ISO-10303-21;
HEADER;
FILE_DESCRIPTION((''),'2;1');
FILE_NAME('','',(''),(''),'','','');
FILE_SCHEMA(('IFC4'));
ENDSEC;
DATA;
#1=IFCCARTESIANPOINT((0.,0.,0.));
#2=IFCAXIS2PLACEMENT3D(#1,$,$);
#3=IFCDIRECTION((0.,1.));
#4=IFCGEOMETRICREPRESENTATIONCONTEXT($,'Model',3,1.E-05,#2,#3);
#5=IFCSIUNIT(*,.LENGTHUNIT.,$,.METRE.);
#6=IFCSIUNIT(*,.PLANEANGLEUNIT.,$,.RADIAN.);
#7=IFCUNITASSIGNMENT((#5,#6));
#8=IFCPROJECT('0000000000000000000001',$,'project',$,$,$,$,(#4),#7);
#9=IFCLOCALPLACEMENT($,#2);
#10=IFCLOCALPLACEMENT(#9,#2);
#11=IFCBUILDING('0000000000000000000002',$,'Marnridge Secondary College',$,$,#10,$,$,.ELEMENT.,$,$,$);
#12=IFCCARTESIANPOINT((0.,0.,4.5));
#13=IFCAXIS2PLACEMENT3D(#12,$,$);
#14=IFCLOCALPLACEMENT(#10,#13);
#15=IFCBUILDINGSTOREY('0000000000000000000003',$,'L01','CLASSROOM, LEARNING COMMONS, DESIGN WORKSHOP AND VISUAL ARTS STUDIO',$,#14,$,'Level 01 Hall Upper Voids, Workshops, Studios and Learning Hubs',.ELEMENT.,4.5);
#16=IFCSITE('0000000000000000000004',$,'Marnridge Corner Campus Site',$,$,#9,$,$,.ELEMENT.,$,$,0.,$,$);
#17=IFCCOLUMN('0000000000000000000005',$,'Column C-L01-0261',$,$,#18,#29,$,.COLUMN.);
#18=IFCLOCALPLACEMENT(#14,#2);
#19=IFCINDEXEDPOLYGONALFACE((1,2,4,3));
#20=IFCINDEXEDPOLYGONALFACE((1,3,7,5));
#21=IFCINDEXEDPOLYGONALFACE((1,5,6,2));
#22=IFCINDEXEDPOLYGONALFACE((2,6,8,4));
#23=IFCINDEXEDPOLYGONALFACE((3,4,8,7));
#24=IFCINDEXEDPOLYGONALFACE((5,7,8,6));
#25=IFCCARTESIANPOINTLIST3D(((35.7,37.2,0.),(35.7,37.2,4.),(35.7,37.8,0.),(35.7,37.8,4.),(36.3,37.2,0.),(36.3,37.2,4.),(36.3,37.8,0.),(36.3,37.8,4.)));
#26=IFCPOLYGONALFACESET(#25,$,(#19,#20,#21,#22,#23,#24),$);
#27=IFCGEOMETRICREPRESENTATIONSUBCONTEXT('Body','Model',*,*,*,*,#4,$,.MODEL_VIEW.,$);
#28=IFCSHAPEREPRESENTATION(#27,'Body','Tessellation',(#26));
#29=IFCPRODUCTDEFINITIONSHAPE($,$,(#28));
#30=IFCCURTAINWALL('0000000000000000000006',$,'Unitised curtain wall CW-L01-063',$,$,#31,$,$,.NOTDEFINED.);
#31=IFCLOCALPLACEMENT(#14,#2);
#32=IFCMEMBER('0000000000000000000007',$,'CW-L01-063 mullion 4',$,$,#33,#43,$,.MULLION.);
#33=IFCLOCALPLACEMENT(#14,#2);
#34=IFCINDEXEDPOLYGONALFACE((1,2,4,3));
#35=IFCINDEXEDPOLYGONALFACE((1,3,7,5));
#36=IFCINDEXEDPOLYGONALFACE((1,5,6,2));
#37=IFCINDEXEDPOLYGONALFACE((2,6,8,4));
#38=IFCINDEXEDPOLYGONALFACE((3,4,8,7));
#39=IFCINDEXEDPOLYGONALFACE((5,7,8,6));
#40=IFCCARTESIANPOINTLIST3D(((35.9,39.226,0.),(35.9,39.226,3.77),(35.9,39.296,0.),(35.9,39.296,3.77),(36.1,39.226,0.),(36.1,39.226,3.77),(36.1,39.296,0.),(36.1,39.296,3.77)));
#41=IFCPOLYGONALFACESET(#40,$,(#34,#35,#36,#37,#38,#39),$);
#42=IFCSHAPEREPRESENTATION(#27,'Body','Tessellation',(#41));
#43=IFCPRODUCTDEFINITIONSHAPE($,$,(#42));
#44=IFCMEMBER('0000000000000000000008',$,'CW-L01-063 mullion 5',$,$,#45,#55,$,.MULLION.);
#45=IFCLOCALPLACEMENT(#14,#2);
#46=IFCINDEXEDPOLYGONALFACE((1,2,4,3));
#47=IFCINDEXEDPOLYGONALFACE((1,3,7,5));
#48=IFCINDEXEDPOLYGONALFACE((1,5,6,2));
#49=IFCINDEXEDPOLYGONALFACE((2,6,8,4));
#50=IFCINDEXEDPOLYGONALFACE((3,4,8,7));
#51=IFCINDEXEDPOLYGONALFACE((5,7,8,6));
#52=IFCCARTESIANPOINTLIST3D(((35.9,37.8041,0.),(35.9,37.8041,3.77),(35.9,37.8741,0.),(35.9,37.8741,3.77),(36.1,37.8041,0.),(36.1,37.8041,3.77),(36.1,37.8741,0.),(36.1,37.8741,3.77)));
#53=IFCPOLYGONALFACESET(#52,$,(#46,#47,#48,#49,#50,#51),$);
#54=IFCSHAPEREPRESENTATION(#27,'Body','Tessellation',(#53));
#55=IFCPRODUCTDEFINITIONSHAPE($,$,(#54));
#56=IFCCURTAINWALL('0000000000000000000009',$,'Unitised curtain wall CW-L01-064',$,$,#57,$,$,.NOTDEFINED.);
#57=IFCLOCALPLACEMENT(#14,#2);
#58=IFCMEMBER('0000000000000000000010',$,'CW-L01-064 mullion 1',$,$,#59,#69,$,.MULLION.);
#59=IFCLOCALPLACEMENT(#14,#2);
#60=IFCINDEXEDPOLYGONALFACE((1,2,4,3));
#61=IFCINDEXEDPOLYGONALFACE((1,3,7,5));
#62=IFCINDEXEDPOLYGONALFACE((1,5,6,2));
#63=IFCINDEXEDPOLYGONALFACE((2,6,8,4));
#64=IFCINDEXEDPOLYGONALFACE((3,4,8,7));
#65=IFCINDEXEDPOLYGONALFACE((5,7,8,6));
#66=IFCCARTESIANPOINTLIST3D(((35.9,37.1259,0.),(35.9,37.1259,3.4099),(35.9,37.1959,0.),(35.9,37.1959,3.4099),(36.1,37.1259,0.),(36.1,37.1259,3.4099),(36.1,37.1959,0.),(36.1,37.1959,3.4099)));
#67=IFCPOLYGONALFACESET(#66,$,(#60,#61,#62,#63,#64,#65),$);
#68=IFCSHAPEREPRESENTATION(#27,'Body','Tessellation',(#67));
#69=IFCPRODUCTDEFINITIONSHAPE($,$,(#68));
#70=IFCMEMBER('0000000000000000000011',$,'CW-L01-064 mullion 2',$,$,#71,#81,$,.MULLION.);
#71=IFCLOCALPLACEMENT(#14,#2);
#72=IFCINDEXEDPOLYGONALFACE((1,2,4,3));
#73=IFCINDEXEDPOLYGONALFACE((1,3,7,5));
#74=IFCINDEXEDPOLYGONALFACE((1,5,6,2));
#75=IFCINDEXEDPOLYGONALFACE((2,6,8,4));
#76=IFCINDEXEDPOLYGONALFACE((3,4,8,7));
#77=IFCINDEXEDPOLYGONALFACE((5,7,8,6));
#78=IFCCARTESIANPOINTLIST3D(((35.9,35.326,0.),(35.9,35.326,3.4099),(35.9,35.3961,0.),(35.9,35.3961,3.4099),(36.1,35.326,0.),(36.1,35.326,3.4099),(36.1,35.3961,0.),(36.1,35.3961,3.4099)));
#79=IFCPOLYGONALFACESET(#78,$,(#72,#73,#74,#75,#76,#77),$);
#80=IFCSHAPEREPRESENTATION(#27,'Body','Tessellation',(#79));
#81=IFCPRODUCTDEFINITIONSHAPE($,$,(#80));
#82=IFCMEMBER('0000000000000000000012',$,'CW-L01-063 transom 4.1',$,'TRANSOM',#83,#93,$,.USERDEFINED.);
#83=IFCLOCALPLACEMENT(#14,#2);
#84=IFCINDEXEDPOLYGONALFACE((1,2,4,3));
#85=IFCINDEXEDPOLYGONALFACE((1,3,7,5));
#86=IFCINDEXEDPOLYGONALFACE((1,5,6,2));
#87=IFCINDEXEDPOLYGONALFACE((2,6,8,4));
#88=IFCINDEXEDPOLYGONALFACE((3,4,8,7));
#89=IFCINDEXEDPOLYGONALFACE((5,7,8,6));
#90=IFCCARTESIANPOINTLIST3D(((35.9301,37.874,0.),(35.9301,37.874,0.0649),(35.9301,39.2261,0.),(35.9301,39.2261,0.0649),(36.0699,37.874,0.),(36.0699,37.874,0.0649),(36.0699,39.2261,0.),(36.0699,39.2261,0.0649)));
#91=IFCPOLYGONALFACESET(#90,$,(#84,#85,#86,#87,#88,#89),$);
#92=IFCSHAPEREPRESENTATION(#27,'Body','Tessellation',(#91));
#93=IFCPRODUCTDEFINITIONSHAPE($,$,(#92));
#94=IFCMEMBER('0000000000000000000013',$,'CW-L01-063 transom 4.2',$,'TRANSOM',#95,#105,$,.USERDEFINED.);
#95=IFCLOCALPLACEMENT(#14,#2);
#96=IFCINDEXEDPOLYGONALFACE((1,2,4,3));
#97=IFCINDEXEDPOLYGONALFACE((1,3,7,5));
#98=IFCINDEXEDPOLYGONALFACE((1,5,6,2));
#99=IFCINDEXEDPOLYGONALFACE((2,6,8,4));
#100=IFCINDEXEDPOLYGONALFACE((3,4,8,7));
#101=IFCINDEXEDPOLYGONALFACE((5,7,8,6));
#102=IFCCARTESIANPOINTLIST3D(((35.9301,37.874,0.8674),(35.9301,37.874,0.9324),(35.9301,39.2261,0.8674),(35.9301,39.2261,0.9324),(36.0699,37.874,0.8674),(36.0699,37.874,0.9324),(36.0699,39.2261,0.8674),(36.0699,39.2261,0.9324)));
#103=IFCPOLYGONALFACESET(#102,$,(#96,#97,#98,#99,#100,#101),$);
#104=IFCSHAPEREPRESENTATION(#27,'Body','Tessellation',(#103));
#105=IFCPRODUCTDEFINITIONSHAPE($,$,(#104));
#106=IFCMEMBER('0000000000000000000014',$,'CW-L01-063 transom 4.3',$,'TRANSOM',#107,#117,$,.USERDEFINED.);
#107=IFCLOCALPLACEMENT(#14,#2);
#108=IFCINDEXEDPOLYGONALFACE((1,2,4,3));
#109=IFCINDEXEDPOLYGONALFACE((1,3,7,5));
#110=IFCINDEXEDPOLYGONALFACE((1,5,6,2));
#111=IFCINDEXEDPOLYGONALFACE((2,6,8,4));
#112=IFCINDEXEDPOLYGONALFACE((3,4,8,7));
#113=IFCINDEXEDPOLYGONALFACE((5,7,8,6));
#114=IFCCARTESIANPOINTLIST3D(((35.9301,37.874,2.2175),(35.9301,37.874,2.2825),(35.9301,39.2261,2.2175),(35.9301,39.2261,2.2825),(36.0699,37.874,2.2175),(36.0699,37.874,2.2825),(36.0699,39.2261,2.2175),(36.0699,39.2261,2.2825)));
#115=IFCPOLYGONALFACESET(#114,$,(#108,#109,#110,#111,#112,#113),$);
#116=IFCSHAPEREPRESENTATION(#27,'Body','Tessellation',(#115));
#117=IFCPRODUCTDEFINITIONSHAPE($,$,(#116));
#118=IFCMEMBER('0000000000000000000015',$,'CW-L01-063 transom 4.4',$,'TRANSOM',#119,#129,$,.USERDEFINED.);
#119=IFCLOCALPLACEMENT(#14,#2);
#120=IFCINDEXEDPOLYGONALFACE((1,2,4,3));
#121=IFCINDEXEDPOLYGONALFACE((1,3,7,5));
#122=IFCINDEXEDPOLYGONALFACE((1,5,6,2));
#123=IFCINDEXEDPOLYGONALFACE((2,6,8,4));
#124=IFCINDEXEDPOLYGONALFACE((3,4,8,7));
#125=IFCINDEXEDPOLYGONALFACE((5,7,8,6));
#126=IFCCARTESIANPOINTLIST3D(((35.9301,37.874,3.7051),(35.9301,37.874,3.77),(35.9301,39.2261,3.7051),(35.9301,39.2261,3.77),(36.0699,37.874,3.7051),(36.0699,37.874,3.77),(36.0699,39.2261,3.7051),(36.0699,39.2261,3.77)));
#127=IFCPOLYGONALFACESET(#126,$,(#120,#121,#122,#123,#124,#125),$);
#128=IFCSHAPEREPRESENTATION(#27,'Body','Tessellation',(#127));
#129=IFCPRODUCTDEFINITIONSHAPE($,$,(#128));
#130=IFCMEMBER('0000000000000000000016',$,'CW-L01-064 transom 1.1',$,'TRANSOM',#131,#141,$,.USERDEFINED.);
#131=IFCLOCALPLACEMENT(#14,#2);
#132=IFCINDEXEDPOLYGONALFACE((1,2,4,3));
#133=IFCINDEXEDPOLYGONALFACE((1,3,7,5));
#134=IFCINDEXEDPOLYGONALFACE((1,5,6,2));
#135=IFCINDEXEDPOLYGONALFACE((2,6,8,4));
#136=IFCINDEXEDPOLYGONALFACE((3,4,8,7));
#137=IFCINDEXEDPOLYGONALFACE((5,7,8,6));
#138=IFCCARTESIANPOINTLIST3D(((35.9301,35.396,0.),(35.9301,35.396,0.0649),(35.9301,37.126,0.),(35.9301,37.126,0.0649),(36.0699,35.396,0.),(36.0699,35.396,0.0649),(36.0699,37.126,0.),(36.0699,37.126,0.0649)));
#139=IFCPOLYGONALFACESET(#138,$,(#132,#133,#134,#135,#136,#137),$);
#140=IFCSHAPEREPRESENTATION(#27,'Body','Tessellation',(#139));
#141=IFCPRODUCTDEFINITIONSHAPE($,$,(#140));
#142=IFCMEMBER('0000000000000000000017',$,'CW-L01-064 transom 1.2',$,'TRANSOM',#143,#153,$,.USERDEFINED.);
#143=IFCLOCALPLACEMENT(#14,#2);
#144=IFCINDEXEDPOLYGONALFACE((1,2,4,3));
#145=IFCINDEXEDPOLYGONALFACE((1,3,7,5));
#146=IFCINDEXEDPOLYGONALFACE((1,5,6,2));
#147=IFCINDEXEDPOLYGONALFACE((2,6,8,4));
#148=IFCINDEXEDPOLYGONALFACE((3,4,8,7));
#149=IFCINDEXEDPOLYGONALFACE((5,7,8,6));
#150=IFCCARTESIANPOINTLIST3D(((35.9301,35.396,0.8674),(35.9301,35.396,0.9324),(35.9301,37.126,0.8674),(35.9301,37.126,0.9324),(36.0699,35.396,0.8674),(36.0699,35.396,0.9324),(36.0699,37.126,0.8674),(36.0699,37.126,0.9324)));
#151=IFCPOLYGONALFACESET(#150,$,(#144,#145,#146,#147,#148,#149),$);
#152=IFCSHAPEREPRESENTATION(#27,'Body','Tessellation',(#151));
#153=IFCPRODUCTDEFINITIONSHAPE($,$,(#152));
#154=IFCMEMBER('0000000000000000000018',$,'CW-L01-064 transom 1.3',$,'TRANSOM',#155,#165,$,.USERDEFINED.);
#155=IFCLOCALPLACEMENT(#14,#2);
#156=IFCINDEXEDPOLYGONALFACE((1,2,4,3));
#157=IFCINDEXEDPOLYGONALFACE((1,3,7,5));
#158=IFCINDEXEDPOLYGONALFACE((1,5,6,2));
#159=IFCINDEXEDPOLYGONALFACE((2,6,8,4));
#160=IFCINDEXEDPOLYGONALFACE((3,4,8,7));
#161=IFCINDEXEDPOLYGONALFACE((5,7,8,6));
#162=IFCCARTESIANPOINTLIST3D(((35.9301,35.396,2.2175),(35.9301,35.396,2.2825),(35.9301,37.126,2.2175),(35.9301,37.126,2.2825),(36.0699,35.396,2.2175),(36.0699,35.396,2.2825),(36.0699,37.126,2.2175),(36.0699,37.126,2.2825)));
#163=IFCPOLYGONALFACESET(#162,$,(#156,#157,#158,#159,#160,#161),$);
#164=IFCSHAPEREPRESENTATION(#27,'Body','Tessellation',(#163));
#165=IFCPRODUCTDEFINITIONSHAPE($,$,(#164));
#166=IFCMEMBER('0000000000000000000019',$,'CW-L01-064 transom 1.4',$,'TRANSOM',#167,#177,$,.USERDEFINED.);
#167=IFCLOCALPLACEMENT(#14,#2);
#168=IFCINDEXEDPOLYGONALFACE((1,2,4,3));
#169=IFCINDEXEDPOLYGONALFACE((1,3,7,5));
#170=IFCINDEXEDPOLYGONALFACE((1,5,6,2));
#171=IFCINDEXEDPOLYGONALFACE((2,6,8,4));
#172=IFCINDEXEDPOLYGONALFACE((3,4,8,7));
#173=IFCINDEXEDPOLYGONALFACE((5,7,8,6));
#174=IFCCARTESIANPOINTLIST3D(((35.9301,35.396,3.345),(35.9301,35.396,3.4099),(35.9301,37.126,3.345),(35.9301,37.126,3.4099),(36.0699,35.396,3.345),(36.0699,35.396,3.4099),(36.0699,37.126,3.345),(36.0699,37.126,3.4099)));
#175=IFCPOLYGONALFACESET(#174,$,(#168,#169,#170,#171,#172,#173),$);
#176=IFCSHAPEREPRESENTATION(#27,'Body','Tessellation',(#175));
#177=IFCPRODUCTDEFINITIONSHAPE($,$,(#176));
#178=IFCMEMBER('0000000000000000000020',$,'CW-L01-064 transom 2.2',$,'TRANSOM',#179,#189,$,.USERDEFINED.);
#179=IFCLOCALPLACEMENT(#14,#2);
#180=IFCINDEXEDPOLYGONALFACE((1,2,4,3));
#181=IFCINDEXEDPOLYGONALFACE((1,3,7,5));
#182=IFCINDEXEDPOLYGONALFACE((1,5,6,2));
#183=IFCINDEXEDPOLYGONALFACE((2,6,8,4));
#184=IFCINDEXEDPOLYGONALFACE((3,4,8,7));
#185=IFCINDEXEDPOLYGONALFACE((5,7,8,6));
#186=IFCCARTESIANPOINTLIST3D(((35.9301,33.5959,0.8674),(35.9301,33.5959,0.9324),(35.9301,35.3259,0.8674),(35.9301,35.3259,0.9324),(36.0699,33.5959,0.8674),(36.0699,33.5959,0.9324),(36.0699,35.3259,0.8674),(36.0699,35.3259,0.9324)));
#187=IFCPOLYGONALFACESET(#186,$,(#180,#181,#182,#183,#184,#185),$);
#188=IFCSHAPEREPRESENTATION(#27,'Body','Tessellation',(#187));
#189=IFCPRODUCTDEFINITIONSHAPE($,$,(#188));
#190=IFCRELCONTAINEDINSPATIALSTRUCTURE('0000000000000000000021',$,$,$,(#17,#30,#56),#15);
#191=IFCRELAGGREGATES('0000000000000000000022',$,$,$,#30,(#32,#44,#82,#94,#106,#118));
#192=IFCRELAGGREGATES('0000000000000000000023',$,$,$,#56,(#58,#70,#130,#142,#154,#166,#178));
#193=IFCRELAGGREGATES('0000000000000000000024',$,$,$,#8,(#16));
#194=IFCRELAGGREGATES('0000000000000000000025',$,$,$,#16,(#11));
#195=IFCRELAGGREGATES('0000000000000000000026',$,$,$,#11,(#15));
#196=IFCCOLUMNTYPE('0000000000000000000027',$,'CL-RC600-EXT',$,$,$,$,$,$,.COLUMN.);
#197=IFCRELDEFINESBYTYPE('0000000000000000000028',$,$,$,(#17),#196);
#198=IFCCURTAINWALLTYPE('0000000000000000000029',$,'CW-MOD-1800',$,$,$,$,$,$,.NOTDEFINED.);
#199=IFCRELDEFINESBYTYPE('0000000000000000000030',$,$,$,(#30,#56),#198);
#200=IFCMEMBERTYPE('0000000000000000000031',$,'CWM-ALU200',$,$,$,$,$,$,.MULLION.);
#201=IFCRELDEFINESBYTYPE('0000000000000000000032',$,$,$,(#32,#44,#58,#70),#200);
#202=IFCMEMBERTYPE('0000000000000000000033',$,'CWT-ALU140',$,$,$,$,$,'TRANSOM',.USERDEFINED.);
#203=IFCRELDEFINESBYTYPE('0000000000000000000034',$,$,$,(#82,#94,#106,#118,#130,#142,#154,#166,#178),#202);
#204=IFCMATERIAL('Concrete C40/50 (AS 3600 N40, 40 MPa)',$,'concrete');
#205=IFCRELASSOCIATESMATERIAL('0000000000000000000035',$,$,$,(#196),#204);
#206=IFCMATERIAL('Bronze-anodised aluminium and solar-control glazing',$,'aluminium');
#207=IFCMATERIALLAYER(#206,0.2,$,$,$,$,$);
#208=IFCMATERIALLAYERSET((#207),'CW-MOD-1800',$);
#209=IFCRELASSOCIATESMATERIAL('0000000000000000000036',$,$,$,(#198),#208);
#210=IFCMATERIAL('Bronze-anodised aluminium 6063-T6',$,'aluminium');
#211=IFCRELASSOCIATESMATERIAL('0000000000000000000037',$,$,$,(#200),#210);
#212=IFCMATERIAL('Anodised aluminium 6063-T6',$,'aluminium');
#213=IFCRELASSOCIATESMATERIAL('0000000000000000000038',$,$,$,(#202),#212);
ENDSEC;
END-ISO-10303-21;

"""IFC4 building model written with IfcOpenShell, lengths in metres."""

from ifc_helpers import new_model, si_unit, direction, frame, origin, origin_2d, place, context, subcontext, project, spatial, rectangle, extrude, material, layer, layer_set, material_profile, profile_set, type_object, element, aggregate, save


model = new_model("IFC4")

# Units and contexts
model_context = context("Model", 3, precision=1e-05, world=origin(), true_north=direction((0.0, 1.0)))
body_context = subcontext(model_context, "Body", "Model", "MODEL_VIEW")
ifc_project = project(units=[si_unit("LENGTHUNIT", "METRE"), si_unit("PLANEANGLEUNIT", "RADIAN")], contexts=[model_context])

# Site, building, storey
site_placement = place(None, origin())
site = spatial("IfcSite", under=ifc_project, at=site_placement, Name="Marnridge Corner Campus Site", CompositionType="ELEMENT", RefElevation=0.0)
building_placement = place(site_placement, origin())
building = spatial("IfcBuilding", under=site, at=building_placement, Name="Marnridge Secondary College", CompositionType="ELEMENT")
storey_placement = place(building_placement, frame((0.0, 0.0, 4.5)))
storey = spatial("IfcBuildingStorey", under=building, at=storey_placement, Name="L01", Description="CLASSROOM, LEARNING COMMONS, DESIGN WORKSHOP AND VISUAL ARTS STUDIO", LongName="Level 01 Hall Upper Voids, Workshops, Studios and Learning Hubs", CompositionType="ELEMENT", Elevation=4.5)

# Column
ifc_material_1 = material(Name="Concrete C40/50 (AS 3600 N40, 40 MPa)", Category="concrete")
ifc_material_profile_1 = material_profile(ifc_material_1, rectangle(XDim=0.6001, YDim=0.6001, at=origin_2d()), Name="RC 600x600")
ifc_profile_set_1 = profile_set([ifc_material_profile_1], Name="Concrete C40/50 (AS 3600 N40, 40 MPa)")
column_type = type_object("IfcColumnType", Name="CL-RC600-EXT", PredefinedType="COLUMN", material=ifc_profile_set_1)
column_placement = place(storey_placement, frame((36.0, 37.5, 0.0), z_axis=(0.0, 0.0, 1.0), x_axis=(1.0, 0.0, 0.0)))
element("IfcColumn", 1, at=column_placement, inside=storey, type_object=column_type, Name="Column C-L01-0261", PredefinedType="COLUMN", context=body_context, shape_type="SweptSolid", body=[
    extrude(rectangle(XDim=0.6001, YDim=0.6001, at=origin_2d()), origin(), (0.0, 0.0, 1.0), 4.0),
])

# Curtain walls, members
ifc_material_2 = material(Name="Bronze-anodised aluminium and solar-control glazing", Category="aluminium")
ifc_layer_1 = layer(ifc_material_2, 0.2)
ifc_layer_set_1 = layer_set([ifc_layer_1], Name="CW-MOD-1800")
curtain_wall_type = type_object("IfcCurtainWallType", Name="CW-MOD-1800", PredefinedType="NOTDEFINED", material=ifc_layer_set_1)
curtain_wall_1_placement = place(storey_placement, origin())
curtain_wall_1 = element("IfcCurtainWall", 2, at=curtain_wall_1_placement, inside=storey, type_object=curtain_wall_type, Name="Unitised curtain wall CW-L01-063", PredefinedType="NOTDEFINED")
ifc_material_3 = material(Name="Bronze-anodised aluminium 6063-T6", Category="aluminium")
ifc_material_profile_2 = material_profile(ifc_material_3, rectangle(XDim=0.0701, YDim=0.2, at=origin_2d()), Name="ALU 70x200")
ifc_profile_set_2 = profile_set([ifc_material_profile_2], Name="Bronze-anodised aluminium 6063-T6")
member_type_1 = type_object("IfcMemberType", Name="CWM-ALU200", PredefinedType="MULLION", material=ifc_profile_set_2)
member_1_placement = place(storey_placement, frame((36.0, 39.261, 0.0), z_axis=(0.0, 0.0, 1.0), x_axis=(0.0, -1.0, 0.0)))
member_1 = element("IfcMember", 3, at=member_1_placement, type_object=member_type_1, Name="CW-L01-063 mullion 4", PredefinedType="MULLION", context=body_context, shape_type="SweptSolid", body=[
    extrude(rectangle(XDim=0.0701, YDim=0.2, at=origin_2d()), origin(), (0.0, 0.0, 1.0), 3.77),
])
member_2_placement = place(storey_placement, frame((36.0, 37.8391, 0.0), z_axis=(0.0, 0.0, 1.0), x_axis=(0.0, -1.0, 0.0)))
member_2 = element("IfcMember", 4, at=member_2_placement, type_object=member_type_1, Name="CW-L01-063 mullion 5", PredefinedType="MULLION", context=body_context, shape_type="SweptSolid", body=[
    extrude(rectangle(XDim=0.0701, YDim=0.2, at=origin_2d()), origin(), (0.0, 0.0, 1.0), 3.77),
])
curtain_wall_2_placement = place(storey_placement, origin())
curtain_wall_2 = element("IfcCurtainWall", 5, at=curtain_wall_2_placement, inside=storey, type_object=curtain_wall_type, Name="Unitised curtain wall CW-L01-064", PredefinedType="NOTDEFINED")
member_3_placement = place(storey_placement, frame((36.0, 37.1609, 0.0), z_axis=(0.0, 0.0, 1.0), x_axis=(0.0, -1.0, 0.0)))
member_3 = element("IfcMember", 6, at=member_3_placement, type_object=member_type_1, Name="CW-L01-064 mullion 1", PredefinedType="MULLION", context=body_context, shape_type="SweptSolid", body=[
    extrude(rectangle(XDim=0.0701, YDim=0.2, at=origin_2d()), origin(), (0.0, 0.0, 1.0), 3.4099),
])
member_4_placement = place(storey_placement, frame((36.0, 35.3611, 0.0), z_axis=(0.0, 0.0, 1.0), x_axis=(0.0, -1.0, 0.0)))
member_4 = element("IfcMember", 7, at=member_4_placement, type_object=member_type_1, Name="CW-L01-064 mullion 2", PredefinedType="MULLION", context=body_context, shape_type="SweptSolid", body=[
    extrude(rectangle(XDim=0.0701, YDim=0.2, at=origin_2d()), origin(), (0.0, 0.0, 1.0), 3.4099),
])

# Members
ifc_material_4 = material(Name="Anodised aluminium 6063-T6", Category="aluminium")
ifc_material_profile_3 = material_profile(ifc_material_4, rectangle(XDim=0.0649, YDim=0.1399, at=origin_2d()), Name="ALU 65x140")
ifc_profile_set_3 = profile_set([ifc_material_profile_3], Name="Anodised aluminium 6063-T6")
member_type_2 = type_object("IfcMemberType", Name="CWT-ALU140", ElementType="TRANSOM", PredefinedType="USERDEFINED", material=ifc_profile_set_3)
member_5_placement = place(storey_placement, frame((36.0, 39.2261, 0.0325), z_axis=(0.0, -1.0, 0.0), x_axis=(0.0, 0.0, 1.0)))
member_5 = element("IfcMember", 8, at=member_5_placement, type_object=member_type_2, Name="CW-L01-063 transom 4.1", ObjectType="TRANSOM", PredefinedType="USERDEFINED", context=body_context, shape_type="SweptSolid", body=[
    extrude(rectangle(XDim=0.0649, YDim=0.1399, at=origin_2d()), origin(), (0.0, 0.0, 1.0), 1.3521),
])
member_6_placement = place(storey_placement, frame((36.0, 39.2261, 0.8999), z_axis=(0.0, -1.0, 0.0), x_axis=(0.0, 0.0, 1.0)))
member_6 = element("IfcMember", 9, at=member_6_placement, type_object=member_type_2, Name="CW-L01-063 transom 4.2", ObjectType="TRANSOM", PredefinedType="USERDEFINED", context=body_context, shape_type="SweptSolid", body=[
    extrude(rectangle(XDim=0.0649, YDim=0.1399, at=origin_2d()), origin(), (0.0, 0.0, 1.0), 1.3521),
])
member_7_placement = place(storey_placement, frame((36.0, 39.2261, 2.25), z_axis=(0.0, -1.0, 0.0), x_axis=(0.0, 0.0, 1.0)))
member_7 = element("IfcMember", 10, at=member_7_placement, type_object=member_type_2, Name="CW-L01-063 transom 4.3", ObjectType="TRANSOM", PredefinedType="USERDEFINED", context=body_context, shape_type="SweptSolid", body=[
    extrude(rectangle(XDim=0.0649, YDim=0.1399, at=origin_2d()), origin(), (0.0, 0.0, 1.0), 1.3521),
])
member_8_placement = place(storey_placement, frame((36.0, 39.2261, 3.7375), z_axis=(0.0, -1.0, 0.0), x_axis=(0.0, 0.0, 1.0)))
member_8 = element("IfcMember", 11, at=member_8_placement, type_object=member_type_2, Name="CW-L01-063 transom 4.4", ObjectType="TRANSOM", PredefinedType="USERDEFINED", context=body_context, shape_type="SweptSolid", body=[
    extrude(rectangle(XDim=0.0649, YDim=0.1399, at=origin_2d()), origin(), (0.0, 0.0, 1.0), 1.3521),
])
member_9_placement = place(storey_placement, frame((36.0, 37.126, 0.0325), z_axis=(0.0, -1.0, 0.0), x_axis=(0.0, 0.0, 1.0)))
member_9 = element("IfcMember", 12, at=member_9_placement, type_object=member_type_2, Name="CW-L01-064 transom 1.1", ObjectType="TRANSOM", PredefinedType="USERDEFINED", context=body_context, shape_type="SweptSolid", body=[
    extrude(rectangle(XDim=0.0649, YDim=0.1399, at=origin_2d()), origin(), (0.0, 0.0, 1.0), 1.73),
])
member_10_placement = place(storey_placement, frame((36.0, 37.126, 0.8999), z_axis=(0.0, -1.0, 0.0), x_axis=(0.0, 0.0, 1.0)))
member_10 = element("IfcMember", 13, at=member_10_placement, type_object=member_type_2, Name="CW-L01-064 transom 1.2", ObjectType="TRANSOM", PredefinedType="USERDEFINED", context=body_context, shape_type="SweptSolid", body=[
    extrude(rectangle(XDim=0.0649, YDim=0.1399, at=origin_2d()), origin(), (0.0, 0.0, 1.0), 1.73),
])
member_11_placement = place(storey_placement, frame((36.0, 37.126, 2.25), z_axis=(0.0, -1.0, 0.0), x_axis=(0.0, 0.0, 1.0)))
member_11 = element("IfcMember", 14, at=member_11_placement, type_object=member_type_2, Name="CW-L01-064 transom 1.3", ObjectType="TRANSOM", PredefinedType="USERDEFINED", context=body_context, shape_type="SweptSolid", body=[
    extrude(rectangle(XDim=0.0649, YDim=0.1399, at=origin_2d()), origin(), (0.0, 0.0, 1.0), 1.73),
])
member_12_placement = place(storey_placement, frame((36.0, 37.126, 3.3774), z_axis=(0.0, -1.0, 0.0), x_axis=(0.0, 0.0, 1.0)))
member_12 = element("IfcMember", 15, at=member_12_placement, type_object=member_type_2, Name="CW-L01-064 transom 1.4", ObjectType="TRANSOM", PredefinedType="USERDEFINED", context=body_context, shape_type="SweptSolid", body=[
    extrude(rectangle(XDim=0.0649, YDim=0.1399, at=origin_2d()), origin(), (0.0, 0.0, 1.0), 1.73),
])
member_13_placement = place(storey_placement, frame((36.0, 35.3259, 0.8999), z_axis=(0.0, -1.0, 0.0), x_axis=(0.0, 0.0, 1.0)))
member_13 = element("IfcMember", 16, at=member_13_placement, type_object=member_type_2, Name="CW-L01-064 transom 2.2", ObjectType="TRANSOM", PredefinedType="USERDEFINED", context=body_context, shape_type="SweptSolid", body=[
    extrude(rectangle(XDim=0.0649, YDim=0.1399, at=origin_2d()), origin(), (0.0, 0.0, 1.0), 1.73),
])

aggregate(curtain_wall_1, [member_1, member_2, member_5, member_6, member_7, member_8])
aggregate(curtain_wall_2, [member_3, member_4, member_9, member_10, member_11, member_12, member_13])

save(model, "model.ifc")
